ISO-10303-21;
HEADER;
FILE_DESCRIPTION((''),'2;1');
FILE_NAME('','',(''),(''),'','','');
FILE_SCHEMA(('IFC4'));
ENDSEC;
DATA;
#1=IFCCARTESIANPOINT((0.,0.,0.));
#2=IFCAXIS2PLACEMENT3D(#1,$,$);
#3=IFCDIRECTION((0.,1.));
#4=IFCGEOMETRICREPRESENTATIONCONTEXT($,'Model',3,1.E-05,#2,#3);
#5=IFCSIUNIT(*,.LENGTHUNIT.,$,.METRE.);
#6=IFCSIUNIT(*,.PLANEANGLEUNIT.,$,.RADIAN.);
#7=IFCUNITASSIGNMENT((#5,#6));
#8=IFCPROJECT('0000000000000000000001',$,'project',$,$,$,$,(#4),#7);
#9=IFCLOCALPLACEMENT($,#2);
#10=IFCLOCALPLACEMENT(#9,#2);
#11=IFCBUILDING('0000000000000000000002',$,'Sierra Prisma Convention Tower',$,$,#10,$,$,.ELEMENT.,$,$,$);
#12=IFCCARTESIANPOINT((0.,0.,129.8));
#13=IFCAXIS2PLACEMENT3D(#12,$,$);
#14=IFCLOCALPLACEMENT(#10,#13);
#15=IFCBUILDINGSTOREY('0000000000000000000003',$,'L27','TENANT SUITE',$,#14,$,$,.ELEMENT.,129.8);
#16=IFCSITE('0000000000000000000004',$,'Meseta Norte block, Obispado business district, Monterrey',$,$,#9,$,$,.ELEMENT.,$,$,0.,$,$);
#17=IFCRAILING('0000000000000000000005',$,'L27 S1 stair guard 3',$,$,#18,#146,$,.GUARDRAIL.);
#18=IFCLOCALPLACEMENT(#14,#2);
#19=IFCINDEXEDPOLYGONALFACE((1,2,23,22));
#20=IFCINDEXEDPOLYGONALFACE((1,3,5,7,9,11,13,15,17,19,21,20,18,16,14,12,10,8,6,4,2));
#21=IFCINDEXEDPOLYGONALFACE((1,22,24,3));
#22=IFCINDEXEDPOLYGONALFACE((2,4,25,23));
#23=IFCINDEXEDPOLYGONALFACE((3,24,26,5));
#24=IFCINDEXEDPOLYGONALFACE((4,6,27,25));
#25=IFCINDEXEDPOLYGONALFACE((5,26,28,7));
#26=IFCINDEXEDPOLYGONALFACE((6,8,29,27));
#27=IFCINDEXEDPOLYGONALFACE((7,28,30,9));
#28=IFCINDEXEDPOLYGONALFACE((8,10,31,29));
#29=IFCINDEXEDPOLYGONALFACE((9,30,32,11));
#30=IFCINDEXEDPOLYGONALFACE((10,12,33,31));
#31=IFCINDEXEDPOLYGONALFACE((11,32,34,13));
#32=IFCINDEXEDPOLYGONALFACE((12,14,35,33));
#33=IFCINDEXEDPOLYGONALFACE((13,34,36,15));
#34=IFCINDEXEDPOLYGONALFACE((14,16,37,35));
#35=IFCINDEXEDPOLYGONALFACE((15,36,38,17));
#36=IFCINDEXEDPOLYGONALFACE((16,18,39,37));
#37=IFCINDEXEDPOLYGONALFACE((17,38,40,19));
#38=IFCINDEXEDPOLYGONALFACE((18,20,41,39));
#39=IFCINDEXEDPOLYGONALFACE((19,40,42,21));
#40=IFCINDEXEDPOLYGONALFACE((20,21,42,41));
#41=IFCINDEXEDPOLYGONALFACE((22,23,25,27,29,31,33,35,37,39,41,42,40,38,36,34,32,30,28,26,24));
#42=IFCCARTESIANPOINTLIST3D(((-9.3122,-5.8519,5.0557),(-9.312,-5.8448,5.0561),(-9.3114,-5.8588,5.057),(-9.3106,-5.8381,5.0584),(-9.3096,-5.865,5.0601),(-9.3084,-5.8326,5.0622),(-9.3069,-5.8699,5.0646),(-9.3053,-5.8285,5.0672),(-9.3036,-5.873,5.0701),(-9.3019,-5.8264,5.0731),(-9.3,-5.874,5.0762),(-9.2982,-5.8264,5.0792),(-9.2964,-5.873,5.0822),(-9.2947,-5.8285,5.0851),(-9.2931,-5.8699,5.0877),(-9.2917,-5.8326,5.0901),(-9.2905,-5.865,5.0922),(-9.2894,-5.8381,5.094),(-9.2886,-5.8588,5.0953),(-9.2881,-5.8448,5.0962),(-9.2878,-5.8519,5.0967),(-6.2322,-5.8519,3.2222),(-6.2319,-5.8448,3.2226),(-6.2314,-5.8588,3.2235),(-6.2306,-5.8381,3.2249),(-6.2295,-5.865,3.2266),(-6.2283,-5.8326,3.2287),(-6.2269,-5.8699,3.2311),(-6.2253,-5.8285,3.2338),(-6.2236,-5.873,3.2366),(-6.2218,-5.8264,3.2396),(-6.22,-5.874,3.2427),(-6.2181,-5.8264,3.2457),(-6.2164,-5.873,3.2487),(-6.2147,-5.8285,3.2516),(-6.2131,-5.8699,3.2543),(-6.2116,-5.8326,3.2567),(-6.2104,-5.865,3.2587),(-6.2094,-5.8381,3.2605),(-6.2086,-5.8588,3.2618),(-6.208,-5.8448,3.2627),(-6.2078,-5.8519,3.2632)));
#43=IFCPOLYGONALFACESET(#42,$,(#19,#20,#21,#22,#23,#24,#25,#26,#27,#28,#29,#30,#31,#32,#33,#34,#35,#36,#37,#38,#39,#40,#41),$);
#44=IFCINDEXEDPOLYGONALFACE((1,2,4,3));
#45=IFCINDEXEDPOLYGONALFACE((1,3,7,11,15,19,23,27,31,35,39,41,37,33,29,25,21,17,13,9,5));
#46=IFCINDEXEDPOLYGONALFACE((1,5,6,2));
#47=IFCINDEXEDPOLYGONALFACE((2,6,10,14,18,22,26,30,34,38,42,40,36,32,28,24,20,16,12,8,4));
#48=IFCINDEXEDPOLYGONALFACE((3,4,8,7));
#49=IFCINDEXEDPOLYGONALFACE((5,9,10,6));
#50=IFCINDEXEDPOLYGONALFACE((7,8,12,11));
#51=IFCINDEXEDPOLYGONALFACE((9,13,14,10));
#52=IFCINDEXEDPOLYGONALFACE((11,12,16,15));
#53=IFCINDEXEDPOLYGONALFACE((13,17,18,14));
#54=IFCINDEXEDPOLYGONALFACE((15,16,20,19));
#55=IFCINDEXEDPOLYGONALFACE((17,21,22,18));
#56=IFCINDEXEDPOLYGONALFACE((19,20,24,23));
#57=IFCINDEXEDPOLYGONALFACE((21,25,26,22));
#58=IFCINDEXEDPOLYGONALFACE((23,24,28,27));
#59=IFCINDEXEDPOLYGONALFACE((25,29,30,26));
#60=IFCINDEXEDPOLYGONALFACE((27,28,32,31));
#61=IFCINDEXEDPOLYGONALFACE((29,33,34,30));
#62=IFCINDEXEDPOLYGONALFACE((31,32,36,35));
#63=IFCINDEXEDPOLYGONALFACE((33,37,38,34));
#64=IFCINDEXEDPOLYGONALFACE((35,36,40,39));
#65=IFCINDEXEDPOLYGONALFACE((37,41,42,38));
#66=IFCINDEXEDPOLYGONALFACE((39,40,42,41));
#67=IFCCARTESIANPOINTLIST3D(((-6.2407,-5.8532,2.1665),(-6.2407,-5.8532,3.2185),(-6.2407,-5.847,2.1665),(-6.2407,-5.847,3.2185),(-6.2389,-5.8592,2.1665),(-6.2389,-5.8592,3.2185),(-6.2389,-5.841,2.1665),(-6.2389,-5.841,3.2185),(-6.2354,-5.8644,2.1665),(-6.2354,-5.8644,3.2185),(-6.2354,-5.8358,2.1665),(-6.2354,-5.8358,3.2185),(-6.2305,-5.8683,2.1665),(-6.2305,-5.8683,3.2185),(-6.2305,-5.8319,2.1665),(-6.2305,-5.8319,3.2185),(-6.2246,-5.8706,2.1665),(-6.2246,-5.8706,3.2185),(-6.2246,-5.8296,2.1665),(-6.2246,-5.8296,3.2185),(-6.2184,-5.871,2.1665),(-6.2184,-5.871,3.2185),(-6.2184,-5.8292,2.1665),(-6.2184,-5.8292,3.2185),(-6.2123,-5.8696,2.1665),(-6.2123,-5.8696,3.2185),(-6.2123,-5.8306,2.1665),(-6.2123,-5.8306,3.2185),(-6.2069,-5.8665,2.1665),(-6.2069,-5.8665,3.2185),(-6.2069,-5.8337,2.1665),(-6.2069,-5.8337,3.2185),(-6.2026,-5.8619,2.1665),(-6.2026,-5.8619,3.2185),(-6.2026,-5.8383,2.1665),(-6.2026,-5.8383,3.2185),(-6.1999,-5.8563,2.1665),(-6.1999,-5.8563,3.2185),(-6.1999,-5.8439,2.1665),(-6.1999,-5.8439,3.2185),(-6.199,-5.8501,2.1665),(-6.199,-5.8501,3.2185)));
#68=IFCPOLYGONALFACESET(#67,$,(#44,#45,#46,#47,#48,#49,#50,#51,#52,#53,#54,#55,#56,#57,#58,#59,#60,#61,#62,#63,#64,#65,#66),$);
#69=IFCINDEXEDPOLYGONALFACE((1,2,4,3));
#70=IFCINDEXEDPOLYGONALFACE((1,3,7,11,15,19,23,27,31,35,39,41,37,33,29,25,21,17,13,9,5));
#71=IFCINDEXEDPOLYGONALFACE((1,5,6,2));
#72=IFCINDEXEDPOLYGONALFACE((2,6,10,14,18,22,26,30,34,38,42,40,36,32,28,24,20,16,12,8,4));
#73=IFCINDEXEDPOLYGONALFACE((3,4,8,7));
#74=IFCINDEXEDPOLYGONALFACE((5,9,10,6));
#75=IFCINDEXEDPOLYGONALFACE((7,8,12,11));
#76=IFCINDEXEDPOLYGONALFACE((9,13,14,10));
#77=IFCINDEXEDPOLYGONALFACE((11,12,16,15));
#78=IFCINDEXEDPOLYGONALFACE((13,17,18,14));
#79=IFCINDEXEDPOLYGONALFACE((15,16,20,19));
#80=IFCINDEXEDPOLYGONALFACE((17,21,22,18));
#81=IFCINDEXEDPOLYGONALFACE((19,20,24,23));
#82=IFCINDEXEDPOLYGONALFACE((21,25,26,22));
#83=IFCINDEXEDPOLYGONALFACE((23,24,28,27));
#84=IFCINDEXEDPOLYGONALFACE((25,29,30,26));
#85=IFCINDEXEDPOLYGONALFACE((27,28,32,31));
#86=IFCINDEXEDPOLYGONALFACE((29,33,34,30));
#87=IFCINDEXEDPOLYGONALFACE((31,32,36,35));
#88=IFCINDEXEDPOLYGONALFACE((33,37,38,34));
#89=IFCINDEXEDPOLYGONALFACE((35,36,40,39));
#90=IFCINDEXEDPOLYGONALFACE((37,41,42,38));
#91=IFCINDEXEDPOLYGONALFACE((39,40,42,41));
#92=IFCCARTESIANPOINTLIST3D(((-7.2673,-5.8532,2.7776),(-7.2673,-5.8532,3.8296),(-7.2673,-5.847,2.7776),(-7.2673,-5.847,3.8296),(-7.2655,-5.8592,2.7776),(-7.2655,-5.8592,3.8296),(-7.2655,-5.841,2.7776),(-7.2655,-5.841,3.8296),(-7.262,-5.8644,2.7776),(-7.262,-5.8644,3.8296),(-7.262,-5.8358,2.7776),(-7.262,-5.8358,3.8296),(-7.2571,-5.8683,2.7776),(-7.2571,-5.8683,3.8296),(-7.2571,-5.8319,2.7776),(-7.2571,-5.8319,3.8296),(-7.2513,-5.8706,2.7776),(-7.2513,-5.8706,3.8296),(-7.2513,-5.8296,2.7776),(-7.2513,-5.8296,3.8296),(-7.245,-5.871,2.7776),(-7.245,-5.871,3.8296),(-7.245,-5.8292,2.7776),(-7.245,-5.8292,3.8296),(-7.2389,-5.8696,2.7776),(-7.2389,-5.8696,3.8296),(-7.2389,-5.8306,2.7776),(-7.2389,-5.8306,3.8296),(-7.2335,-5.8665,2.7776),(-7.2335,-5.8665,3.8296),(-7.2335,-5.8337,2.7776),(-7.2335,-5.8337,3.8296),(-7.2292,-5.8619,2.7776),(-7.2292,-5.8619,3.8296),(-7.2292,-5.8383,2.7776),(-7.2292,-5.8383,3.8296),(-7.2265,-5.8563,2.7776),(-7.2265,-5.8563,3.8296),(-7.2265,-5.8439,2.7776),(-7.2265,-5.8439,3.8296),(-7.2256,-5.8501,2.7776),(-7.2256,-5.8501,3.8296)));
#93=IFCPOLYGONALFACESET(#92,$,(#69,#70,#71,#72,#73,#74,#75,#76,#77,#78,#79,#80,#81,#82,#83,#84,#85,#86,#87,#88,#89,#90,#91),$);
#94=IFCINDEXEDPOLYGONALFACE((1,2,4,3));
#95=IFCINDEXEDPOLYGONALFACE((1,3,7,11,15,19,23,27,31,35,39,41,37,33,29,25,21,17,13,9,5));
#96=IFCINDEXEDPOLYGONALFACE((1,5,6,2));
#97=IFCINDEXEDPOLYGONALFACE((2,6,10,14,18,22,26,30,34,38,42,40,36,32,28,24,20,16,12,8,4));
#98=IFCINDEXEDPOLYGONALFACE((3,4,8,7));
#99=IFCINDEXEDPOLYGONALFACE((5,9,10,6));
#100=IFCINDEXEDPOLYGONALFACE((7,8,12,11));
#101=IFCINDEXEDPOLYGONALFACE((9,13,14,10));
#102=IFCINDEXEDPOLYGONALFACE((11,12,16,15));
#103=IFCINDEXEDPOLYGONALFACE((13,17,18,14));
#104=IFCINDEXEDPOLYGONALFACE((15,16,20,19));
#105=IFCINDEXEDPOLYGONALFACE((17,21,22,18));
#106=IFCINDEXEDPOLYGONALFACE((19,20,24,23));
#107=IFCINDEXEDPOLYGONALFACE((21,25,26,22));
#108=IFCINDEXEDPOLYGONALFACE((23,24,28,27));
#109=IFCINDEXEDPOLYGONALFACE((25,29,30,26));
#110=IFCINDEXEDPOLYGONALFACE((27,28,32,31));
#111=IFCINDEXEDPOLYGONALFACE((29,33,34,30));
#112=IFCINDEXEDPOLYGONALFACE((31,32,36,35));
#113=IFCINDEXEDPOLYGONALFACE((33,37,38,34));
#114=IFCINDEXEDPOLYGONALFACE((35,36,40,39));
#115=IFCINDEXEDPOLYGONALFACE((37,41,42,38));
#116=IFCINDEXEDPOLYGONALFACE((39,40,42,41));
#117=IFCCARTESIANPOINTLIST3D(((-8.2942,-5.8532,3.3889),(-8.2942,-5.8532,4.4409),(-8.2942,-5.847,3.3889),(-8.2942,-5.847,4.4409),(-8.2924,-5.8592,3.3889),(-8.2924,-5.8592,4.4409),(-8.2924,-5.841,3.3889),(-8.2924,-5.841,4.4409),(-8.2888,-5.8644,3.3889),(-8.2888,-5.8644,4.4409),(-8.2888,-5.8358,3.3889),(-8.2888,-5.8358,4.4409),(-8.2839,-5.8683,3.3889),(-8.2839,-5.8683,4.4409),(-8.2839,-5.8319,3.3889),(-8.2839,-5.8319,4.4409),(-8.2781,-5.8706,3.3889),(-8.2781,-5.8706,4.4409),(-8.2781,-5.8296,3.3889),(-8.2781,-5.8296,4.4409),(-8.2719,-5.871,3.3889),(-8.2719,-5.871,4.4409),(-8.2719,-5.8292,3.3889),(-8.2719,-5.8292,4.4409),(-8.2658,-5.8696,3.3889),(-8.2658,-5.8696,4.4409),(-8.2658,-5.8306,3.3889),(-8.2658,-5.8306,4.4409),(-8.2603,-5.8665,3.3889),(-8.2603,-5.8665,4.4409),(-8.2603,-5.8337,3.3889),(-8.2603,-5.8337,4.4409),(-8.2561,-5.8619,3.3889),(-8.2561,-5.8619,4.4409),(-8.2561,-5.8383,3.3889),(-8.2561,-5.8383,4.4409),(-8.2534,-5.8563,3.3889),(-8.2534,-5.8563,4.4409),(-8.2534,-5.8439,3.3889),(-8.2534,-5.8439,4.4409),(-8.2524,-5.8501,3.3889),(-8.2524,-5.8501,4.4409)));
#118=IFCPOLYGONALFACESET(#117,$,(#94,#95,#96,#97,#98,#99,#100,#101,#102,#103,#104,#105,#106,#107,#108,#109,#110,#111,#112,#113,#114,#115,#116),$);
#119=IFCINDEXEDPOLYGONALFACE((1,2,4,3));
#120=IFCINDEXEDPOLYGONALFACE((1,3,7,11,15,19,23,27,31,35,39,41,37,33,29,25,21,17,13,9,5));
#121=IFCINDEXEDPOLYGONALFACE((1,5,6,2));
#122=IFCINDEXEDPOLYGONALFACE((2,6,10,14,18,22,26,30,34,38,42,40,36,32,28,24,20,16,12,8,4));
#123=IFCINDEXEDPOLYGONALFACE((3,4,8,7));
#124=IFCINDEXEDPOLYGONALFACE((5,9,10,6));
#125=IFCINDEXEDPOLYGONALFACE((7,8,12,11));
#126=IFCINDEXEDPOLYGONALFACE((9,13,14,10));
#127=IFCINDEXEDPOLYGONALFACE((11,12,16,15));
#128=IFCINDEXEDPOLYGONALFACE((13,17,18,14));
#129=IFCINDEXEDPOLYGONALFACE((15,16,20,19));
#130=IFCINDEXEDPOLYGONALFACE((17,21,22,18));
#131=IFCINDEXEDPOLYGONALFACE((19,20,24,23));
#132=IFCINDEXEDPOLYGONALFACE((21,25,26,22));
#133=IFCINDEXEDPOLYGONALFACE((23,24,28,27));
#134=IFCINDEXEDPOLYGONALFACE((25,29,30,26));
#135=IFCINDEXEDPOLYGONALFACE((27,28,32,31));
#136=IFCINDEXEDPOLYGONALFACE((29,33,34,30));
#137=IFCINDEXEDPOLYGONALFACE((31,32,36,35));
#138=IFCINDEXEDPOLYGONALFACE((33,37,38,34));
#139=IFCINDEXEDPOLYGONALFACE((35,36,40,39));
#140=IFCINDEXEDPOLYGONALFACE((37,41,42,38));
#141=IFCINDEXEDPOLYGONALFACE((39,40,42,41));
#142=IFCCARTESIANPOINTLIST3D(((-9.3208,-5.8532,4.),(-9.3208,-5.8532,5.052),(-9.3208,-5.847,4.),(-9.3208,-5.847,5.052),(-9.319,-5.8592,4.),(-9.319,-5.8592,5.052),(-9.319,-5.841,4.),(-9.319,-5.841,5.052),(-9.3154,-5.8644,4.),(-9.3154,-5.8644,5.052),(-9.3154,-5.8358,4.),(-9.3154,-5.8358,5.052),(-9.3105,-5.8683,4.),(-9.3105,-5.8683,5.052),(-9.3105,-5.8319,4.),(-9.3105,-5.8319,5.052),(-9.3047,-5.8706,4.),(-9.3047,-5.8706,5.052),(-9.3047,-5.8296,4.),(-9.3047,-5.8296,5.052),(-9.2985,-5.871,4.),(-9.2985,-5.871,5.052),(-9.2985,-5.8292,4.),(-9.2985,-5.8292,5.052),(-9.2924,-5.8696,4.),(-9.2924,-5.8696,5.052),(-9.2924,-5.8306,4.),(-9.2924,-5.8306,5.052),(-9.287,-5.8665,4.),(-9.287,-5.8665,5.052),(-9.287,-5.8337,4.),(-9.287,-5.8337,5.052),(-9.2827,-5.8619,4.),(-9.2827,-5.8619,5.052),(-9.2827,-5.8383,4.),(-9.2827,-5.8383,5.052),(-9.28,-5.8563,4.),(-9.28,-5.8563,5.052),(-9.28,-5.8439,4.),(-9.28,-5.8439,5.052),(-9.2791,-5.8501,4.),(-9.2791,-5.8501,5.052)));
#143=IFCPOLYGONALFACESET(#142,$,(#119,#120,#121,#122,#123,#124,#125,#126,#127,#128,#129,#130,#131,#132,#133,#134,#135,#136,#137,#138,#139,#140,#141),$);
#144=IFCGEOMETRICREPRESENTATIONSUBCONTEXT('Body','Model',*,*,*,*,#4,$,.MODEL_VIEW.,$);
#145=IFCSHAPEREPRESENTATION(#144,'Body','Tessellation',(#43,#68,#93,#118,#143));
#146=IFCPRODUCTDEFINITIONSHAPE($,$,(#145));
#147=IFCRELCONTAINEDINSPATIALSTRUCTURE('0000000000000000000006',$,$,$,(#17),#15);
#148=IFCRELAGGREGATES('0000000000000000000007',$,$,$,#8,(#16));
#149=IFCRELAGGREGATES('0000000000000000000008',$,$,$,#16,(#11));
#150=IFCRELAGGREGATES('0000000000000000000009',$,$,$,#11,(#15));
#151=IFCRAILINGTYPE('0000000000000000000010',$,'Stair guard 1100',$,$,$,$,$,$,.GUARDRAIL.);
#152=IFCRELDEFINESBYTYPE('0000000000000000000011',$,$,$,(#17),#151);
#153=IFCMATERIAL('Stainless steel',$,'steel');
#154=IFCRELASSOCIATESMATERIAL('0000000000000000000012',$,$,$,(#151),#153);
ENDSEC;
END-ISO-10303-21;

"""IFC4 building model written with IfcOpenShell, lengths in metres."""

from ifc_helpers import new_model, si_unit, direction, frame, origin, origin_2d, place, context, subcontext, project, spatial, circle, extrude, material, type_object, element, save


model = new_model("IFC4")

# Units and contexts
model_context = context("Model", 3, precision=1e-05, world=origin(), true_north=direction((0.0, 1.0)))
body_context = subcontext(model_context, "Body", "Model", "MODEL_VIEW")
ifc_project = project(units=[si_unit("LENGTHUNIT", "METRE"), si_unit("PLANEANGLEUNIT", "RADIAN")], contexts=[model_context])

# Site, building, storey
site_placement = place(None, origin())
site = spatial("IfcSite", under=ifc_project, at=site_placement, Name="Meseta Norte block, Obispado business district, Monterrey", CompositionType="ELEMENT", RefElevation=0.0)
building_placement = place(site_placement, origin())
building = spatial("IfcBuilding", under=site, at=building_placement, Name="Sierra Prisma Convention Tower", CompositionType="ELEMENT")
storey_placement = place(building_placement, frame((0.0, 0.0, 129.8)))
storey = spatial("IfcBuildingStorey", under=building, at=storey_placement, Name="L27", Description="TENANT SUITE", CompositionType="ELEMENT", Elevation=129.8)

# Railing
ifc_material_1 = material(Name="Stainless steel", Category="steel")
railing_type_1 = type_object("IfcRailingType", Name="Stair guard 1100", PredefinedType="GUARDRAIL", material=ifc_material_1)
railing_1_placement = place(storey_placement, frame((-6.22, -5.8501, 2.1665)))
element("IfcRailing", 1, at=railing_1_placement, inside=storey, type_object=railing_type_1, Name="L27 S1 stair guard 3", PredefinedType="GUARDRAIL", context=body_context, shape_type="SweptSolid", body=[
    extrude(circle(Radius=0.0239, at=origin_2d()), frame((0.0, 0.0, 1.0762), z_axis=(-0.859279, 0.0, 0.511508), x_axis=(0.0, -1.0, 0.0)), (0.0, 0.0, 1.0), 3.5845),
    extrude(circle(Radius=0.021, at=origin_2d()), origin(), (0.0, 0.0, 1.0), 1.052),
    extrude(circle(Radius=0.021, at=origin_2d()), frame((-1.0266, 0.0, 0.6111)), (0.0, 0.0, 1.0), 1.052),
    extrude(circle(Radius=0.021, at=origin_2d()), frame((-2.0535, 0.0, 1.2224)), (0.0, 0.0, 1.0), 1.052),
    extrude(circle(Radius=0.021, at=origin_2d()), frame((-3.0801, 0.0, 1.8335)), (0.0, 0.0, 1.0), 1.052),
])

save(model, "model.ifc")
